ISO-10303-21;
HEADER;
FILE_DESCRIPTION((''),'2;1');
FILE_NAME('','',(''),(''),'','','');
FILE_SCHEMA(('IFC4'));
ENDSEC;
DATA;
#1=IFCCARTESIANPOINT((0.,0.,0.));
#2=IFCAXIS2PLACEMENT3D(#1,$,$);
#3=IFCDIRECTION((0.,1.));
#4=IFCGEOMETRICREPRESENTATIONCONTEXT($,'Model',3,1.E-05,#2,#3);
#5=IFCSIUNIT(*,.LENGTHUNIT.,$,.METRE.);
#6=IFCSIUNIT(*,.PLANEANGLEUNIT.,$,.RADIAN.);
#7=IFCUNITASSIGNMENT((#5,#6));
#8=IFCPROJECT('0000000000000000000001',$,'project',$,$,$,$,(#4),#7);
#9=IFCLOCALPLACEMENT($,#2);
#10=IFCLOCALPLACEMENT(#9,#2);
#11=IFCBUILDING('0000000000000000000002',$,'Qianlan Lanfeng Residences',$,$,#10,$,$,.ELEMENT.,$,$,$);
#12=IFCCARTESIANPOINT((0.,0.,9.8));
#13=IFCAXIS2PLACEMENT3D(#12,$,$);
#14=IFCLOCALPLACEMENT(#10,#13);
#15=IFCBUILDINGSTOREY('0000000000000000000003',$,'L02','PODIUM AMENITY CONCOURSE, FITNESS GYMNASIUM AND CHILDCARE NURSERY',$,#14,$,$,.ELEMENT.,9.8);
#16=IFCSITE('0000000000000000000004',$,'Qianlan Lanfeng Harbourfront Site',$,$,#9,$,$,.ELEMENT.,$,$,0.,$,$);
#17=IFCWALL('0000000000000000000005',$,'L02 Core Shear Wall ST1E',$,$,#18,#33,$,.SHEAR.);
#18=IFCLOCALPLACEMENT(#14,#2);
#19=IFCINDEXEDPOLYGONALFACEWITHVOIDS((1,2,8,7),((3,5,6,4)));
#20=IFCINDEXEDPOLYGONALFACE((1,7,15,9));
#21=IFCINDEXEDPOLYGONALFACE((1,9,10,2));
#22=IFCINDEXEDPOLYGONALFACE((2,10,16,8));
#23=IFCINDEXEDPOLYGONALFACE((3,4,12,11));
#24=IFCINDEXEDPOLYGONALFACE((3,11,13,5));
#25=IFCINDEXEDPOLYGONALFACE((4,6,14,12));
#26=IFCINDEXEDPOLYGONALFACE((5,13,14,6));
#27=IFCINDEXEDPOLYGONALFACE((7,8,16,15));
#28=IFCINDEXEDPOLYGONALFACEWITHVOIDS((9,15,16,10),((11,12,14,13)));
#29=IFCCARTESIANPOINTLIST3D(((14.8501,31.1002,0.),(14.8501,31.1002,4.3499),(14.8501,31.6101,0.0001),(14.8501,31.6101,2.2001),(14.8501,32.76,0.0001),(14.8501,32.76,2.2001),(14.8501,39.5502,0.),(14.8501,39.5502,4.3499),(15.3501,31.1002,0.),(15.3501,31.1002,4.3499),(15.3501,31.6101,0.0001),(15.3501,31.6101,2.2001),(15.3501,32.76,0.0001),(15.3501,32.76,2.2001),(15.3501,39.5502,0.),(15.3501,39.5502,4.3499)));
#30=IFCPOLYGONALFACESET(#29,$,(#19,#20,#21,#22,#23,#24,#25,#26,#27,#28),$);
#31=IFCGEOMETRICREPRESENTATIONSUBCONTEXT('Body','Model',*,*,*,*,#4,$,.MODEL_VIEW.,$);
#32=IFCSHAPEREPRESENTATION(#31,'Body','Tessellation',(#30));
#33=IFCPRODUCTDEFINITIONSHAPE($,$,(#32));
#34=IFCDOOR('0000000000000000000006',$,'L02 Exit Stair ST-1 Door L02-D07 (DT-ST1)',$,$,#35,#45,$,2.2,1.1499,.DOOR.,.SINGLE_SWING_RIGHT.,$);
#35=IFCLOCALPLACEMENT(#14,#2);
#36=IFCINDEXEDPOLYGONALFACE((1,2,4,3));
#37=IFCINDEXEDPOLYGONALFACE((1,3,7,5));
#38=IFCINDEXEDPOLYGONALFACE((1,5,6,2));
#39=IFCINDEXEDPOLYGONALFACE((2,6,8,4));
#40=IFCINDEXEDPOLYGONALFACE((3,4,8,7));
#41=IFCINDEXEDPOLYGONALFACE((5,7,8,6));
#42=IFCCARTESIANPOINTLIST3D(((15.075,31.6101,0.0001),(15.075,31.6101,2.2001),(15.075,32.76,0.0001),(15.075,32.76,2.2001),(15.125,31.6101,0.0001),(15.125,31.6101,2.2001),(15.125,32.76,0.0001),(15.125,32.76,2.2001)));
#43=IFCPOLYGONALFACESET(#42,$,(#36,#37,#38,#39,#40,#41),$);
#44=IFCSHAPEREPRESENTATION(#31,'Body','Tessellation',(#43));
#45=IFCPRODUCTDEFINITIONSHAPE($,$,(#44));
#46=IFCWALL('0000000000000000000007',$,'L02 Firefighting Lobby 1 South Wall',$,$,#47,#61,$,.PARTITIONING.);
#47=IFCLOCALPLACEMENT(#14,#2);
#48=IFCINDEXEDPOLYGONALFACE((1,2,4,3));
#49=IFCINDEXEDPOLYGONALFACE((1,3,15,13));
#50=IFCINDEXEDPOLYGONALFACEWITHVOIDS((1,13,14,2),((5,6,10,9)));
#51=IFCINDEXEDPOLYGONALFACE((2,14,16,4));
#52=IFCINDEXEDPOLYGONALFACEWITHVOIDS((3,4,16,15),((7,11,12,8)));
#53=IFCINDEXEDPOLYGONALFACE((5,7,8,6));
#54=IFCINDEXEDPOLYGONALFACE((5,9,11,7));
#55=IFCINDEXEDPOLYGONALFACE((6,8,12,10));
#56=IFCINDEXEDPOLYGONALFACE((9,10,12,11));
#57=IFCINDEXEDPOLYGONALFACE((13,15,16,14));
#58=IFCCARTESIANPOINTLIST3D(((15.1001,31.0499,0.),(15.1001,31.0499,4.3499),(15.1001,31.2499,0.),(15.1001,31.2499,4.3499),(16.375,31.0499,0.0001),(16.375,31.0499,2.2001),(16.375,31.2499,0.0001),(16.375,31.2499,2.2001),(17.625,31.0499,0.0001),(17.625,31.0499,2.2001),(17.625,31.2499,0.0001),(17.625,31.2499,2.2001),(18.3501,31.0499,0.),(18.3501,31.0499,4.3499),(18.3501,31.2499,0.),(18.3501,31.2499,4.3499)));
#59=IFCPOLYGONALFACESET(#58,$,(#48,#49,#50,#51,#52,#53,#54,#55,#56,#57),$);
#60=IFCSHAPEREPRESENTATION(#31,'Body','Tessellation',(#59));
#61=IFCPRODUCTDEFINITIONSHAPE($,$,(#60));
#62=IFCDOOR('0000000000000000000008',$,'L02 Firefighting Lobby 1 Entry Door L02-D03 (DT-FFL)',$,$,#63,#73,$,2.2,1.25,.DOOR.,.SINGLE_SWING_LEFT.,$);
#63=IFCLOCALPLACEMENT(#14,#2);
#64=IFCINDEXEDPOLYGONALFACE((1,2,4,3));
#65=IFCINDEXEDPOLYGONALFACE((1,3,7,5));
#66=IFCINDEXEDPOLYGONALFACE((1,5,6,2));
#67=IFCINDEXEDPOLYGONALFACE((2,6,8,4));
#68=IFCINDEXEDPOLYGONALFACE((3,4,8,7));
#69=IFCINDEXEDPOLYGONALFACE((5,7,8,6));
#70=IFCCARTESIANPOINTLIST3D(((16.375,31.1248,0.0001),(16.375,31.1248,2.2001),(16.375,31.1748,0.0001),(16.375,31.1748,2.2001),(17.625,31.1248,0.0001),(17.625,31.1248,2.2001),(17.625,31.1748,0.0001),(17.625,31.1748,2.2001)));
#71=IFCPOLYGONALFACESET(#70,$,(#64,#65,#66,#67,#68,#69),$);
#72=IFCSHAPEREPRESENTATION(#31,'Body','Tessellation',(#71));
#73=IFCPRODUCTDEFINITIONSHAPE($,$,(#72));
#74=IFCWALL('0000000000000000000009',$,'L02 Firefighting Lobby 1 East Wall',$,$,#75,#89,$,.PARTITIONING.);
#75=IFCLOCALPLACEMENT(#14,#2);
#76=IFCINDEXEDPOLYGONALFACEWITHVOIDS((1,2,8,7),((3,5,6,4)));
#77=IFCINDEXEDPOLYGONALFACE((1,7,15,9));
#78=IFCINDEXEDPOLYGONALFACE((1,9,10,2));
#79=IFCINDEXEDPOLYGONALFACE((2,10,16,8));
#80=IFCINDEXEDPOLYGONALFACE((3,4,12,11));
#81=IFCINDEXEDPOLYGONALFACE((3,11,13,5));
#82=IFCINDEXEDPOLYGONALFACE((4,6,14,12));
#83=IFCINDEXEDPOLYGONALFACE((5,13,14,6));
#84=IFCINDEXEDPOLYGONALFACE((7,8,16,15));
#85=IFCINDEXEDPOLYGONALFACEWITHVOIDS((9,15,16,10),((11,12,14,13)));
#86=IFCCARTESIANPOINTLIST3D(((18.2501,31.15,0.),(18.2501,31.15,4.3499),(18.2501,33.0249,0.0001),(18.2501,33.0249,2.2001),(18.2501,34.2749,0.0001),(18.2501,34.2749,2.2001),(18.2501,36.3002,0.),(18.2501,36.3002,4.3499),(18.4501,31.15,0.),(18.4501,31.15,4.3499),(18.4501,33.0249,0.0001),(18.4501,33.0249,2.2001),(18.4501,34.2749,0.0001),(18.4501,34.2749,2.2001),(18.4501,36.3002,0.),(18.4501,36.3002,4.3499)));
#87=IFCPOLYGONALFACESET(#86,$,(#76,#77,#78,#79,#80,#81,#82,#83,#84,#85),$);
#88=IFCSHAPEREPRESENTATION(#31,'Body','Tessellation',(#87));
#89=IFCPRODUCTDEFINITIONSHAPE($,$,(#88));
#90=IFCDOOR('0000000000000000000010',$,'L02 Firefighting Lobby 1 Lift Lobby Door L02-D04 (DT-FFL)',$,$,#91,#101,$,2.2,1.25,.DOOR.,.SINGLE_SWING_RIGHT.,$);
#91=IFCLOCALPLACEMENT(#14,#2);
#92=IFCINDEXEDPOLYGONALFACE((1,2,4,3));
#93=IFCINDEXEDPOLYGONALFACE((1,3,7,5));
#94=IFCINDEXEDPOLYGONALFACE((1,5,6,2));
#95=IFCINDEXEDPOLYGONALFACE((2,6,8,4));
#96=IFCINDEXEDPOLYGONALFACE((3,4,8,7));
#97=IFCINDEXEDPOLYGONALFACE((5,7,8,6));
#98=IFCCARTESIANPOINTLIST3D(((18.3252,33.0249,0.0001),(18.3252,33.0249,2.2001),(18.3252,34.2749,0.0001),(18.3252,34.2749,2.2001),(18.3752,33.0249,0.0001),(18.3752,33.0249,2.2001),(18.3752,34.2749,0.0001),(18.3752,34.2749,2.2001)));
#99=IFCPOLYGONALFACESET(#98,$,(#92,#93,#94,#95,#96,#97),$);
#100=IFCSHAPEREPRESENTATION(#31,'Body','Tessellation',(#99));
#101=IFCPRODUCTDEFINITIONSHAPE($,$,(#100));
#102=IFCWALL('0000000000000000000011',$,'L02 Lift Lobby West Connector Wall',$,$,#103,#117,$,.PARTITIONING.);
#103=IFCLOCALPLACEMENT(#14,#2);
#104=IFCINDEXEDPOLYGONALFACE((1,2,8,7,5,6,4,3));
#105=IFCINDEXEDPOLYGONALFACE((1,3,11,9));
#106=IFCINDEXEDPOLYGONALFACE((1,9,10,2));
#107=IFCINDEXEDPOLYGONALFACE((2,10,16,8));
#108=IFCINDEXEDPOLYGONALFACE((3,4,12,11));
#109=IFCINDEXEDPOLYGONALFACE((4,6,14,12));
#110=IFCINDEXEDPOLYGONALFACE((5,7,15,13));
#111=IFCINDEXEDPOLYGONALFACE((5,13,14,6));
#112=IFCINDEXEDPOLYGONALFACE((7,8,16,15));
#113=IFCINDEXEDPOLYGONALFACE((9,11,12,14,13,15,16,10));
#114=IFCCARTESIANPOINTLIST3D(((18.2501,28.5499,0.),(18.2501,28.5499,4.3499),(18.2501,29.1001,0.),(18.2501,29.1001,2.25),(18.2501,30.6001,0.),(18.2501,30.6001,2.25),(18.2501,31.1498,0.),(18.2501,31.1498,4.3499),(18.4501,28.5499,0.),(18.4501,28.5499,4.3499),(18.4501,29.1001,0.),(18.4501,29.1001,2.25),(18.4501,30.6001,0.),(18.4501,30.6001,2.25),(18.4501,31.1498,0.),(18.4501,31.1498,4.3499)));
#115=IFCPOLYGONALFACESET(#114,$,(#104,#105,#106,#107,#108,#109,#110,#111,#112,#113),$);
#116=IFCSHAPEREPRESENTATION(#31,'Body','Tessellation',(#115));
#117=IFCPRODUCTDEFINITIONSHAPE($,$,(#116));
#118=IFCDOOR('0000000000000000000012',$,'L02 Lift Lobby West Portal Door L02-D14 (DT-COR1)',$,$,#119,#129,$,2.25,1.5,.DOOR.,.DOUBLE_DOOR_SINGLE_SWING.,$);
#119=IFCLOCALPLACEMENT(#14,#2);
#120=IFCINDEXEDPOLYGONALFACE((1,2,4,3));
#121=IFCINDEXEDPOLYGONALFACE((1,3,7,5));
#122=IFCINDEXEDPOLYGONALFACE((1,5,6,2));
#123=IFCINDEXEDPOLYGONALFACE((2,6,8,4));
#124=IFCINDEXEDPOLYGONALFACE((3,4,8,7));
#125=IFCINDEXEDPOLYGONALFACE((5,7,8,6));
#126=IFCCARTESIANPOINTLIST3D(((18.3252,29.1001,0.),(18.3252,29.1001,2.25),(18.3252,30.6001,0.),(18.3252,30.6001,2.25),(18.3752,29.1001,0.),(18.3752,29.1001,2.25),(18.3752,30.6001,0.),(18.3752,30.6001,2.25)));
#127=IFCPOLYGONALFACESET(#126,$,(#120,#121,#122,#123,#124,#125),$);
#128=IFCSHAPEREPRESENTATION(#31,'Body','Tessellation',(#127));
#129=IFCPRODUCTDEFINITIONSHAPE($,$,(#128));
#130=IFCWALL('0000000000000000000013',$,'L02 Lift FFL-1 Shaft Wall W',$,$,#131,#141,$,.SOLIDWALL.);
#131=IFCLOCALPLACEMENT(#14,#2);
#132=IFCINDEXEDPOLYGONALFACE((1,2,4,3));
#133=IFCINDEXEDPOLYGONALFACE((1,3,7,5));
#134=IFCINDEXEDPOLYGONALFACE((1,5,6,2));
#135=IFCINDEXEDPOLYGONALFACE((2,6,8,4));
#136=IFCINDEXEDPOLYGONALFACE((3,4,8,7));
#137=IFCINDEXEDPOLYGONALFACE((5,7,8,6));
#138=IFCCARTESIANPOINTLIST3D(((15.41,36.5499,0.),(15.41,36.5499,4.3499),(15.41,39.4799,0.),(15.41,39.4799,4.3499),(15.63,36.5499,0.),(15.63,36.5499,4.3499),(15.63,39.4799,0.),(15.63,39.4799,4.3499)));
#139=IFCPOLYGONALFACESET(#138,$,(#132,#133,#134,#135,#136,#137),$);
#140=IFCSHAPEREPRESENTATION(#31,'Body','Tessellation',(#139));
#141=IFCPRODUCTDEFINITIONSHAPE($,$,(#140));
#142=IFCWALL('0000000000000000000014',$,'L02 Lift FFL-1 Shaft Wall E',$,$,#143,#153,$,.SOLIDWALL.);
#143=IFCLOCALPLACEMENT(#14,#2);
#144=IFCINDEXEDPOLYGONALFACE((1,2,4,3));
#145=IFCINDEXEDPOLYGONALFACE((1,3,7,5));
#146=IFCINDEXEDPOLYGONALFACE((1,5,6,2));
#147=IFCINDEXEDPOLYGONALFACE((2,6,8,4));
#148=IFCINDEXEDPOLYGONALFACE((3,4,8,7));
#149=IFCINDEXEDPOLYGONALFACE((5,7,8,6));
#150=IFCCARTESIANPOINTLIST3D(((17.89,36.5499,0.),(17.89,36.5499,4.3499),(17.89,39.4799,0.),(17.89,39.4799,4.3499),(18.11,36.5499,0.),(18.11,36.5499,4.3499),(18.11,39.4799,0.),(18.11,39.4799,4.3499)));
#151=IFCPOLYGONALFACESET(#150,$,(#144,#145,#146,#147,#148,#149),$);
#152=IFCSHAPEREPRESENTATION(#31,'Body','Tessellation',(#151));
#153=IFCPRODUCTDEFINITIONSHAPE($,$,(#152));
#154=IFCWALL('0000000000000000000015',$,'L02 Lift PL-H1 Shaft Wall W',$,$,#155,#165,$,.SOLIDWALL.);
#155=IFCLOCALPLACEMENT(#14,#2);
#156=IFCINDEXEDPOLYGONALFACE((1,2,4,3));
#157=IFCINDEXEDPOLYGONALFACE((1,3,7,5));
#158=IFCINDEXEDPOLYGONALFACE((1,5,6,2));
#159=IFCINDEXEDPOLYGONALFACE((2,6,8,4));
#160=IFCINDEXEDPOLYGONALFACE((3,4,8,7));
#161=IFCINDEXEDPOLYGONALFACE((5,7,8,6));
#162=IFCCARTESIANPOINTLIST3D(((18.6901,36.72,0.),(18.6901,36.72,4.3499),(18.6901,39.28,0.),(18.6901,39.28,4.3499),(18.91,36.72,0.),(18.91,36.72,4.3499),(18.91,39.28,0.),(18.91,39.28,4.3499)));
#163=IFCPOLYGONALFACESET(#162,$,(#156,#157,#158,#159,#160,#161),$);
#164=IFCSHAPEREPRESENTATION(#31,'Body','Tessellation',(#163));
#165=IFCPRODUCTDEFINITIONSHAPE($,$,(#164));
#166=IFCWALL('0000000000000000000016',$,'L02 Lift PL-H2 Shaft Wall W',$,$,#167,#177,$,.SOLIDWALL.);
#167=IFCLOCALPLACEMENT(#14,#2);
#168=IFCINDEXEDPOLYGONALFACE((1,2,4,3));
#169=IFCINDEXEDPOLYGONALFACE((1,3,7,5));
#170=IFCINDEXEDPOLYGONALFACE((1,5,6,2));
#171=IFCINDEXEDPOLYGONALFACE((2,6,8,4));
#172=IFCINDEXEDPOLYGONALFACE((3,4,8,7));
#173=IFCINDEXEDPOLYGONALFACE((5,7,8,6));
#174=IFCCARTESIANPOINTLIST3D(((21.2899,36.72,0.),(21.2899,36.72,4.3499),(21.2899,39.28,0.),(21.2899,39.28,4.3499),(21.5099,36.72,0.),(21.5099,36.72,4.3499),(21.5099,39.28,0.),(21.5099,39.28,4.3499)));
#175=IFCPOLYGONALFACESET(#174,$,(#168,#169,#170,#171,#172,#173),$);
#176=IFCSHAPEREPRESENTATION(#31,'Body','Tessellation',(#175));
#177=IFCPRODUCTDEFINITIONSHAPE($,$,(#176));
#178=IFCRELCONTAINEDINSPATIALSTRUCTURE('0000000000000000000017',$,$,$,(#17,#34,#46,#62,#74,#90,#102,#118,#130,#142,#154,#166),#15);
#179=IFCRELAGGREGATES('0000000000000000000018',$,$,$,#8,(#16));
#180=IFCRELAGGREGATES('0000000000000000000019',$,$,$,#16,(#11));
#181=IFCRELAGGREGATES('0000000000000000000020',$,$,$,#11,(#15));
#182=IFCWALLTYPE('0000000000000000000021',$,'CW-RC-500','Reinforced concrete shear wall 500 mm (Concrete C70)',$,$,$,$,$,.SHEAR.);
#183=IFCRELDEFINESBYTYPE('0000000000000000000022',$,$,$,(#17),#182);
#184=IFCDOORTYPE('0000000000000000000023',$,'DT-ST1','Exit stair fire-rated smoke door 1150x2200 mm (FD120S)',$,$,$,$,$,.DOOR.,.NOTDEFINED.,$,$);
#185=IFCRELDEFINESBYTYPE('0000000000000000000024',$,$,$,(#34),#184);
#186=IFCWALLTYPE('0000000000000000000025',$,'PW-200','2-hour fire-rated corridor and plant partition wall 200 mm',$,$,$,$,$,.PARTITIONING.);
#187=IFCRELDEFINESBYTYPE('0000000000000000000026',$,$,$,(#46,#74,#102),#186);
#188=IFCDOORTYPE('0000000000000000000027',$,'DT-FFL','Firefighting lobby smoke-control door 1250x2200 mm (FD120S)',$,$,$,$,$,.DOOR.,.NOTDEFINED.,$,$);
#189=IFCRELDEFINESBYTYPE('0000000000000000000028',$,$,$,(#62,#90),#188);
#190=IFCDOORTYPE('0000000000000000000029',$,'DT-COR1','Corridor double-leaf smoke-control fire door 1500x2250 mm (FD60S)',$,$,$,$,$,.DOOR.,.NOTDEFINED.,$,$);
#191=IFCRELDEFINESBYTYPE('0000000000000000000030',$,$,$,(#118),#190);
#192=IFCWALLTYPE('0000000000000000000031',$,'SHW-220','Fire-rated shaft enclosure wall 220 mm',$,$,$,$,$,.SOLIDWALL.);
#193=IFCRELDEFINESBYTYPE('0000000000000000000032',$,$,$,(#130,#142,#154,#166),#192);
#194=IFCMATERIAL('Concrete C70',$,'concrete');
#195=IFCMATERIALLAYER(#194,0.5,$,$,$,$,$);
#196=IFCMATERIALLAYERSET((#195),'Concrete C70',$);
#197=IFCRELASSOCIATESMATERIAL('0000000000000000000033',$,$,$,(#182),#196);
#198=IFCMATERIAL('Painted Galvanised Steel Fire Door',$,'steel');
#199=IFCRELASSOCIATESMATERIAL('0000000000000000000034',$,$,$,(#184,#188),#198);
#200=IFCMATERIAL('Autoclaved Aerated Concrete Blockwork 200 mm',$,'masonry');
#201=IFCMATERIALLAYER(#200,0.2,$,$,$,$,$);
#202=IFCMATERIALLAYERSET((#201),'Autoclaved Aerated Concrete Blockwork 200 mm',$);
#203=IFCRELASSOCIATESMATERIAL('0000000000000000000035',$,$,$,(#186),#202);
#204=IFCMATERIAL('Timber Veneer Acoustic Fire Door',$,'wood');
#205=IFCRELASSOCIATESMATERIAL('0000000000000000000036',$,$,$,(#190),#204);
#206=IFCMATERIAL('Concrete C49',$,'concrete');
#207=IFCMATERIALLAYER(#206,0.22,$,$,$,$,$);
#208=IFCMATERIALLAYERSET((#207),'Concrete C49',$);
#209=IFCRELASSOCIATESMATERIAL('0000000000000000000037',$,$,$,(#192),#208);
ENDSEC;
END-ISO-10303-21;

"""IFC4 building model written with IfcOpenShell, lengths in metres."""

from ifc_helpers import new_model, si_unit, direction, frame, frame_2d, origin, place, context, subcontext, project, spatial, rectangle, extrude, material, layer, layer_set, type_object, element, fill, save


model = new_model("IFC4")

# Units and contexts
model_context = context("Model", 3, precision=1e-05, world=origin(), true_north=direction((0.0, 1.0)))
body_context = subcontext(model_context, "Body", "Model", "MODEL_VIEW")
ifc_project = project(units=[si_unit("LENGTHUNIT", "METRE"), si_unit("PLANEANGLEUNIT", "RADIAN")], contexts=[model_context])

# Site, building, storey
site_placement = place(None, origin())
site = spatial("IfcSite", under=ifc_project, at=site_placement, Name="Qianlan Lanfeng Harbourfront Site", CompositionType="ELEMENT", RefElevation=0.0)
building_placement = place(site_placement, origin())
building = spatial("IfcBuilding", under=site, at=building_placement, Name="Qianlan Lanfeng Residences", CompositionType="ELEMENT")
storey_placement = place(building_placement, frame((0.0, 0.0, 9.8)))
storey = spatial("IfcBuildingStorey", under=building, at=storey_placement, Name="L02", Description="PODIUM AMENITY CONCOURSE, FITNESS GYMNASIUM AND CHILDCARE NURSERY", CompositionType="ELEMENT", Elevation=9.8)

# Wall, opening, door
ifc_material_1 = material(Name="Concrete C70", Category="concrete")
ifc_layer_1 = layer(ifc_material_1, 0.5)
ifc_layer_set_1 = layer_set([ifc_layer_1], Name="Concrete C70")
wall_type_1 = type_object("IfcWallType", Name="CW-RC-500", Description="Reinforced concrete shear wall 500 mm (Concrete C70)", PredefinedType="SHEAR", material=ifc_layer_set_1)
wall_1_placement = place(storey_placement, frame((15.1001, 31.1001, 0.0), z_axis=(0.0, 0.0, 1.0), x_axis=(0.0, 1.0, 0.0)))
wall_1 = element("IfcWall", 1, at=wall_1_placement, inside=storey, type_object=wall_type_1, Name="L02 Core Shear Wall ST1E", PredefinedType="SHEAR", context=body_context, shape_type="SweptSolid", body=[
    extrude(rectangle(XDim=8.45, YDim=0.5, at=frame_2d((4.2251, 0.0))), origin(), (0.0, 0.0, 1.0), 4.3499),
])
opening_1_placement = place(wall_1_placement, frame((0.51, 0.0, 0.0)))
opening_1 = element("IfcOpeningElement", 2, at=opening_1_placement, cuts=wall_1, PredefinedType="OPENING", context=body_context, shape_type="SweptSolid", body=[
    extrude(rectangle(XDim=1.1499, YDim=2.2, at=frame_2d((0.575, 1.1001))), frame((0.0, 0.26, 0.0), z_axis=(0.0, -1.0, 0.0), x_axis=(1.0, 0.0, 0.0)), (0.0, 0.0, 1.0), 0.52),
])
ifc_material_2 = material(Name="Painted Galvanised Steel Fire Door", Category="steel")
door_type_1 = type_object("IfcDoorType", Name="DT-ST1", Description="Exit stair fire-rated smoke door 1150x2200 mm (FD120S)", OperationType="NOTDEFINED", PredefinedType="DOOR", material=ifc_material_2)
door_1_placement = place(opening_1_placement, frame((1.1499, 0.0, 0.0), z_axis=(0.0, 0.0, 1.0), x_axis=(-1.0, 0.0, 0.0)))
door_1 = element("IfcDoor", 3, at=door_1_placement, inside=storey, type_object=door_type_1, Name="L02 Exit Stair ST-1 Door L02-D07 (DT-ST1)", OperationType="SINGLE_SWING_RIGHT", OverallHeight=2.2, OverallWidth=1.1499, PredefinedType="DOOR", context=body_context, shape_type="SweptSolid", body=[
    extrude(rectangle(XDim=1.1499, YDim=2.2, at=frame_2d((0.575, 1.1001))), frame((0.0, 0.0249, 0.0), z_axis=(0.0, -1.0, 0.0), x_axis=(1.0, 0.0, 0.0)), (0.0, 0.0, 1.0), 0.05),
])
fill(opening_1, door_1)

# Walls, openings, doors
ifc_material_3 = material(Name="Autoclaved Aerated Concrete Blockwork 200 mm", Category="masonry")
ifc_layer_2 = layer(ifc_material_3, 0.2)
ifc_layer_set_2 = layer_set([ifc_layer_2], Name="Autoclaved Aerated Concrete Blockwork 200 mm")
wall_type_2 = type_object("IfcWallType", Name="PW-200", Description="2-hour fire-rated corridor and plant partition wall 200 mm", PredefinedType="PARTITIONING", material=ifc_layer_set_2)
wall_2_placement = place(storey_placement, frame((15.1001, 31.1499, 0.0), z_axis=(0.0, 0.0, 1.0), x_axis=(1.0, 0.0, 0.0)))
wall_2 = element("IfcWall", 4, at=wall_2_placement, inside=storey, type_object=wall_type_2, Name="L02 Firefighting Lobby 1 South Wall", PredefinedType="PARTITIONING", context=body_context, shape_type="SweptSolid", body=[
    extrude(rectangle(XDim=3.25, YDim=0.2, at=frame_2d((1.625, 0.0))), origin(), (0.0, 0.0, 1.0), 4.3499),
])
opening_2_placement = place(wall_2_placement, frame((1.2749, 0.0, 0.0)))
opening_2 = element("IfcOpeningElement", 5, at=opening_2_placement, cuts=wall_2, PredefinedType="OPENING", context=body_context, shape_type="SweptSolid", body=[
    extrude(rectangle(XDim=1.25, YDim=2.2, at=frame_2d((0.625, 1.1001))), frame((0.0, 0.1099, 0.0), z_axis=(0.0, -1.0, 0.0), x_axis=(1.0, 0.0, 0.0)), (0.0, 0.0, 1.0), 0.22),
])
door_type_2 = type_object("IfcDoorType", Name="DT-FFL", Description="Firefighting lobby smoke-control door 1250x2200 mm (FD120S)", OperationType="NOTDEFINED", PredefinedType="DOOR", material=ifc_material_2)
door_2_placement = place(opening_2_placement, origin())
door_2 = element("IfcDoor", 6, at=door_2_placement, inside=storey, type_object=door_type_2, Name="L02 Firefighting Lobby 1 Entry Door L02-D03 (DT-FFL)", OperationType="SINGLE_SWING_LEFT", OverallHeight=2.2, OverallWidth=1.25, PredefinedType="DOOR", context=body_context, shape_type="SweptSolid", body=[
    extrude(rectangle(XDim=1.25, YDim=2.2, at=frame_2d((0.625, 1.1001))), frame((0.0, 0.0249, 0.0), z_axis=(0.0, -1.0, 0.0), x_axis=(1.0, 0.0, 0.0)), (0.0, 0.0, 1.0), 0.05),
])
fill(opening_2, door_2)
wall_3_placement = place(storey_placement, frame((18.3501, 31.1499, 0.0), z_axis=(0.0, 0.0, 1.0), x_axis=(0.0, 1.0, 0.0)))
wall_3 = element("IfcWall", 7, at=wall_3_placement, inside=storey, type_object=wall_type_2, Name="L02 Firefighting Lobby 1 East Wall", PredefinedType="PARTITIONING", context=body_context, shape_type="SweptSolid", body=[
    extrude(rectangle(XDim=5.1501, YDim=0.2, at=frame_2d((2.5752, 0.0))), origin(), (0.0, 0.0, 1.0), 4.3499),
])
opening_3_placement = place(wall_3_placement, frame((1.875, 0.0, 0.0)))
opening_3 = element("IfcOpeningElement", 8, at=opening_3_placement, cuts=wall_3, PredefinedType="OPENING", context=body_context, shape_type="SweptSolid", body=[
    extrude(rectangle(XDim=1.25, YDim=2.2, at=frame_2d((0.625, 1.1001))), frame((0.0, 0.1099, 0.0), z_axis=(0.0, -1.0, 0.0), x_axis=(1.0, 0.0, 0.0)), (0.0, 0.0, 1.0), 0.22),
])
door_3_placement = place(opening_3_placement, origin())
door_3 = element("IfcDoor", 9, at=door_3_placement, inside=storey, type_object=door_type_2, Name="L02 Firefighting Lobby 1 Lift Lobby Door L02-D04 (DT-FFL)", OperationType="SINGLE_SWING_RIGHT", OverallHeight=2.2, OverallWidth=1.25, PredefinedType="DOOR", context=body_context, shape_type="SweptSolid", body=[
    extrude(rectangle(XDim=1.25, YDim=2.2, at=frame_2d((0.625, 1.1001))), frame((0.0, 0.0249, 0.0), z_axis=(0.0, -1.0, 0.0), x_axis=(1.0, 0.0, 0.0)), (0.0, 0.0, 1.0), 0.05),
])
fill(opening_3, door_3)
wall_4_placement = place(storey_placement, frame((18.3501, 28.55, 0.0), z_axis=(0.0, 0.0, 1.0), x_axis=(0.0, 1.0, 0.0)))
wall_4 = element("IfcWall", 10, at=wall_4_placement, inside=storey, type_object=wall_type_2, Name="L02 Lift Lobby West Connector Wall", PredefinedType="PARTITIONING", context=body_context, shape_type="SweptSolid", body=[
    extrude(rectangle(XDim=2.5999, YDim=0.2, at=frame_2d((1.2998, 0.0))), origin(), (0.0, 0.0, 1.0), 4.3499),
])
opening_4_placement = place(wall_4_placement, frame((0.55, 0.0, 0.0)))
opening_4 = element("IfcOpeningElement", 11, at=opening_4_placement, cuts=wall_4, PredefinedType="OPENING", context=body_context, shape_type="SweptSolid", body=[
    extrude(rectangle(XDim=1.5, YDim=2.25, at=frame_2d((0.75, 1.125))), frame((0.0, 0.1099, 0.0), z_axis=(0.0, -1.0, 0.0), x_axis=(1.0, 0.0, 0.0)), (0.0, 0.0, 1.0), 0.22),
])
ifc_material_4 = material(Name="Timber Veneer Acoustic Fire Door", Category="wood")
door_type_3 = type_object("IfcDoorType", Name="DT-COR1", Description="Corridor double-leaf smoke-control fire door 1500x2250 mm (FD60S)", OperationType="NOTDEFINED", PredefinedType="DOOR", material=ifc_material_4)
door_4_placement = place(opening_4_placement, origin())
door_4 = element("IfcDoor", 12, at=door_4_placement, inside=storey, type_object=door_type_3, Name="L02 Lift Lobby West Portal Door L02-D14 (DT-COR1)", OperationType="DOUBLE_DOOR_SINGLE_SWING", OverallHeight=2.25, OverallWidth=1.5, PredefinedType="DOOR", context=body_context, shape_type="SweptSolid", body=[
    extrude(rectangle(XDim=1.5, YDim=2.25, at=frame_2d((0.75, 1.125))), frame((0.0, 0.0249, 0.0), z_axis=(0.0, -1.0, 0.0), x_axis=(1.0, 0.0, 0.0)), (0.0, 0.0, 1.0), 0.05),
])
fill(opening_4, door_4)

# Walls
ifc_material_5 = material(Name="Concrete C49", Category="concrete")
ifc_layer_3 = layer(ifc_material_5, 0.22)
ifc_layer_set_3 = layer_set([ifc_layer_3], Name="Concrete C49")
wall_type_3 = type_object("IfcWallType", Name="SHW-220", Description="Fire-rated shaft enclosure wall 220 mm", PredefinedType="SOLIDWALL", material=ifc_layer_set_3)
for number, where, z_axis, x_axis, name in (
    (13, (15.52, 36.55, 0.0), (0.0, 0.0, 1.0), (0.0, 1.0, 0.0), "L02 Lift FFL-1 Shaft Wall W"),
    (14, (18.0, 36.55, 0.0), (0.0, 0.0, 1.0), (0.0, 1.0, 0.0), "L02 Lift FFL-1 Shaft Wall E"),
):
    element("IfcWall", number, at=place(storey_placement, frame(where, z_axis=z_axis, x_axis=x_axis)), inside=storey, type_object=wall_type_3, Name=name, PredefinedType="SOLIDWALL", context=body_context, shape_type="SweptSolid", body=[
        extrude(rectangle(XDim=2.9299, YDim=0.22, at=frame_2d((1.4648, 0.0))), origin(), (0.0, 0.0, 1.0), 4.3499),
    ])
for number, where, z_axis, x_axis, name in (
    (15, (18.8, 36.72, 0.0), (0.0, 0.0, 1.0), (0.0, 1.0, 0.0), "L02 Lift PL-H1 Shaft Wall W"),
    (16, (21.3999, 36.72, 0.0), (0.0, 0.0, 1.0), (0.0, 1.0, 0.0), "L02 Lift PL-H2 Shaft Wall W"),
):
    element("IfcWall", number, at=place(storey_placement, frame(where, z_axis=z_axis, x_axis=x_axis)), inside=storey, type_object=wall_type_3, Name=name, PredefinedType="SOLIDWALL", context=body_context, shape_type="SweptSolid", body=[
        extrude(rectangle(XDim=2.5601, YDim=0.22, at=frame_2d((1.28, 0.0))), origin(), (0.0, 0.0, 1.0), 4.3499),
    ])

save(model, "model.ifc")
